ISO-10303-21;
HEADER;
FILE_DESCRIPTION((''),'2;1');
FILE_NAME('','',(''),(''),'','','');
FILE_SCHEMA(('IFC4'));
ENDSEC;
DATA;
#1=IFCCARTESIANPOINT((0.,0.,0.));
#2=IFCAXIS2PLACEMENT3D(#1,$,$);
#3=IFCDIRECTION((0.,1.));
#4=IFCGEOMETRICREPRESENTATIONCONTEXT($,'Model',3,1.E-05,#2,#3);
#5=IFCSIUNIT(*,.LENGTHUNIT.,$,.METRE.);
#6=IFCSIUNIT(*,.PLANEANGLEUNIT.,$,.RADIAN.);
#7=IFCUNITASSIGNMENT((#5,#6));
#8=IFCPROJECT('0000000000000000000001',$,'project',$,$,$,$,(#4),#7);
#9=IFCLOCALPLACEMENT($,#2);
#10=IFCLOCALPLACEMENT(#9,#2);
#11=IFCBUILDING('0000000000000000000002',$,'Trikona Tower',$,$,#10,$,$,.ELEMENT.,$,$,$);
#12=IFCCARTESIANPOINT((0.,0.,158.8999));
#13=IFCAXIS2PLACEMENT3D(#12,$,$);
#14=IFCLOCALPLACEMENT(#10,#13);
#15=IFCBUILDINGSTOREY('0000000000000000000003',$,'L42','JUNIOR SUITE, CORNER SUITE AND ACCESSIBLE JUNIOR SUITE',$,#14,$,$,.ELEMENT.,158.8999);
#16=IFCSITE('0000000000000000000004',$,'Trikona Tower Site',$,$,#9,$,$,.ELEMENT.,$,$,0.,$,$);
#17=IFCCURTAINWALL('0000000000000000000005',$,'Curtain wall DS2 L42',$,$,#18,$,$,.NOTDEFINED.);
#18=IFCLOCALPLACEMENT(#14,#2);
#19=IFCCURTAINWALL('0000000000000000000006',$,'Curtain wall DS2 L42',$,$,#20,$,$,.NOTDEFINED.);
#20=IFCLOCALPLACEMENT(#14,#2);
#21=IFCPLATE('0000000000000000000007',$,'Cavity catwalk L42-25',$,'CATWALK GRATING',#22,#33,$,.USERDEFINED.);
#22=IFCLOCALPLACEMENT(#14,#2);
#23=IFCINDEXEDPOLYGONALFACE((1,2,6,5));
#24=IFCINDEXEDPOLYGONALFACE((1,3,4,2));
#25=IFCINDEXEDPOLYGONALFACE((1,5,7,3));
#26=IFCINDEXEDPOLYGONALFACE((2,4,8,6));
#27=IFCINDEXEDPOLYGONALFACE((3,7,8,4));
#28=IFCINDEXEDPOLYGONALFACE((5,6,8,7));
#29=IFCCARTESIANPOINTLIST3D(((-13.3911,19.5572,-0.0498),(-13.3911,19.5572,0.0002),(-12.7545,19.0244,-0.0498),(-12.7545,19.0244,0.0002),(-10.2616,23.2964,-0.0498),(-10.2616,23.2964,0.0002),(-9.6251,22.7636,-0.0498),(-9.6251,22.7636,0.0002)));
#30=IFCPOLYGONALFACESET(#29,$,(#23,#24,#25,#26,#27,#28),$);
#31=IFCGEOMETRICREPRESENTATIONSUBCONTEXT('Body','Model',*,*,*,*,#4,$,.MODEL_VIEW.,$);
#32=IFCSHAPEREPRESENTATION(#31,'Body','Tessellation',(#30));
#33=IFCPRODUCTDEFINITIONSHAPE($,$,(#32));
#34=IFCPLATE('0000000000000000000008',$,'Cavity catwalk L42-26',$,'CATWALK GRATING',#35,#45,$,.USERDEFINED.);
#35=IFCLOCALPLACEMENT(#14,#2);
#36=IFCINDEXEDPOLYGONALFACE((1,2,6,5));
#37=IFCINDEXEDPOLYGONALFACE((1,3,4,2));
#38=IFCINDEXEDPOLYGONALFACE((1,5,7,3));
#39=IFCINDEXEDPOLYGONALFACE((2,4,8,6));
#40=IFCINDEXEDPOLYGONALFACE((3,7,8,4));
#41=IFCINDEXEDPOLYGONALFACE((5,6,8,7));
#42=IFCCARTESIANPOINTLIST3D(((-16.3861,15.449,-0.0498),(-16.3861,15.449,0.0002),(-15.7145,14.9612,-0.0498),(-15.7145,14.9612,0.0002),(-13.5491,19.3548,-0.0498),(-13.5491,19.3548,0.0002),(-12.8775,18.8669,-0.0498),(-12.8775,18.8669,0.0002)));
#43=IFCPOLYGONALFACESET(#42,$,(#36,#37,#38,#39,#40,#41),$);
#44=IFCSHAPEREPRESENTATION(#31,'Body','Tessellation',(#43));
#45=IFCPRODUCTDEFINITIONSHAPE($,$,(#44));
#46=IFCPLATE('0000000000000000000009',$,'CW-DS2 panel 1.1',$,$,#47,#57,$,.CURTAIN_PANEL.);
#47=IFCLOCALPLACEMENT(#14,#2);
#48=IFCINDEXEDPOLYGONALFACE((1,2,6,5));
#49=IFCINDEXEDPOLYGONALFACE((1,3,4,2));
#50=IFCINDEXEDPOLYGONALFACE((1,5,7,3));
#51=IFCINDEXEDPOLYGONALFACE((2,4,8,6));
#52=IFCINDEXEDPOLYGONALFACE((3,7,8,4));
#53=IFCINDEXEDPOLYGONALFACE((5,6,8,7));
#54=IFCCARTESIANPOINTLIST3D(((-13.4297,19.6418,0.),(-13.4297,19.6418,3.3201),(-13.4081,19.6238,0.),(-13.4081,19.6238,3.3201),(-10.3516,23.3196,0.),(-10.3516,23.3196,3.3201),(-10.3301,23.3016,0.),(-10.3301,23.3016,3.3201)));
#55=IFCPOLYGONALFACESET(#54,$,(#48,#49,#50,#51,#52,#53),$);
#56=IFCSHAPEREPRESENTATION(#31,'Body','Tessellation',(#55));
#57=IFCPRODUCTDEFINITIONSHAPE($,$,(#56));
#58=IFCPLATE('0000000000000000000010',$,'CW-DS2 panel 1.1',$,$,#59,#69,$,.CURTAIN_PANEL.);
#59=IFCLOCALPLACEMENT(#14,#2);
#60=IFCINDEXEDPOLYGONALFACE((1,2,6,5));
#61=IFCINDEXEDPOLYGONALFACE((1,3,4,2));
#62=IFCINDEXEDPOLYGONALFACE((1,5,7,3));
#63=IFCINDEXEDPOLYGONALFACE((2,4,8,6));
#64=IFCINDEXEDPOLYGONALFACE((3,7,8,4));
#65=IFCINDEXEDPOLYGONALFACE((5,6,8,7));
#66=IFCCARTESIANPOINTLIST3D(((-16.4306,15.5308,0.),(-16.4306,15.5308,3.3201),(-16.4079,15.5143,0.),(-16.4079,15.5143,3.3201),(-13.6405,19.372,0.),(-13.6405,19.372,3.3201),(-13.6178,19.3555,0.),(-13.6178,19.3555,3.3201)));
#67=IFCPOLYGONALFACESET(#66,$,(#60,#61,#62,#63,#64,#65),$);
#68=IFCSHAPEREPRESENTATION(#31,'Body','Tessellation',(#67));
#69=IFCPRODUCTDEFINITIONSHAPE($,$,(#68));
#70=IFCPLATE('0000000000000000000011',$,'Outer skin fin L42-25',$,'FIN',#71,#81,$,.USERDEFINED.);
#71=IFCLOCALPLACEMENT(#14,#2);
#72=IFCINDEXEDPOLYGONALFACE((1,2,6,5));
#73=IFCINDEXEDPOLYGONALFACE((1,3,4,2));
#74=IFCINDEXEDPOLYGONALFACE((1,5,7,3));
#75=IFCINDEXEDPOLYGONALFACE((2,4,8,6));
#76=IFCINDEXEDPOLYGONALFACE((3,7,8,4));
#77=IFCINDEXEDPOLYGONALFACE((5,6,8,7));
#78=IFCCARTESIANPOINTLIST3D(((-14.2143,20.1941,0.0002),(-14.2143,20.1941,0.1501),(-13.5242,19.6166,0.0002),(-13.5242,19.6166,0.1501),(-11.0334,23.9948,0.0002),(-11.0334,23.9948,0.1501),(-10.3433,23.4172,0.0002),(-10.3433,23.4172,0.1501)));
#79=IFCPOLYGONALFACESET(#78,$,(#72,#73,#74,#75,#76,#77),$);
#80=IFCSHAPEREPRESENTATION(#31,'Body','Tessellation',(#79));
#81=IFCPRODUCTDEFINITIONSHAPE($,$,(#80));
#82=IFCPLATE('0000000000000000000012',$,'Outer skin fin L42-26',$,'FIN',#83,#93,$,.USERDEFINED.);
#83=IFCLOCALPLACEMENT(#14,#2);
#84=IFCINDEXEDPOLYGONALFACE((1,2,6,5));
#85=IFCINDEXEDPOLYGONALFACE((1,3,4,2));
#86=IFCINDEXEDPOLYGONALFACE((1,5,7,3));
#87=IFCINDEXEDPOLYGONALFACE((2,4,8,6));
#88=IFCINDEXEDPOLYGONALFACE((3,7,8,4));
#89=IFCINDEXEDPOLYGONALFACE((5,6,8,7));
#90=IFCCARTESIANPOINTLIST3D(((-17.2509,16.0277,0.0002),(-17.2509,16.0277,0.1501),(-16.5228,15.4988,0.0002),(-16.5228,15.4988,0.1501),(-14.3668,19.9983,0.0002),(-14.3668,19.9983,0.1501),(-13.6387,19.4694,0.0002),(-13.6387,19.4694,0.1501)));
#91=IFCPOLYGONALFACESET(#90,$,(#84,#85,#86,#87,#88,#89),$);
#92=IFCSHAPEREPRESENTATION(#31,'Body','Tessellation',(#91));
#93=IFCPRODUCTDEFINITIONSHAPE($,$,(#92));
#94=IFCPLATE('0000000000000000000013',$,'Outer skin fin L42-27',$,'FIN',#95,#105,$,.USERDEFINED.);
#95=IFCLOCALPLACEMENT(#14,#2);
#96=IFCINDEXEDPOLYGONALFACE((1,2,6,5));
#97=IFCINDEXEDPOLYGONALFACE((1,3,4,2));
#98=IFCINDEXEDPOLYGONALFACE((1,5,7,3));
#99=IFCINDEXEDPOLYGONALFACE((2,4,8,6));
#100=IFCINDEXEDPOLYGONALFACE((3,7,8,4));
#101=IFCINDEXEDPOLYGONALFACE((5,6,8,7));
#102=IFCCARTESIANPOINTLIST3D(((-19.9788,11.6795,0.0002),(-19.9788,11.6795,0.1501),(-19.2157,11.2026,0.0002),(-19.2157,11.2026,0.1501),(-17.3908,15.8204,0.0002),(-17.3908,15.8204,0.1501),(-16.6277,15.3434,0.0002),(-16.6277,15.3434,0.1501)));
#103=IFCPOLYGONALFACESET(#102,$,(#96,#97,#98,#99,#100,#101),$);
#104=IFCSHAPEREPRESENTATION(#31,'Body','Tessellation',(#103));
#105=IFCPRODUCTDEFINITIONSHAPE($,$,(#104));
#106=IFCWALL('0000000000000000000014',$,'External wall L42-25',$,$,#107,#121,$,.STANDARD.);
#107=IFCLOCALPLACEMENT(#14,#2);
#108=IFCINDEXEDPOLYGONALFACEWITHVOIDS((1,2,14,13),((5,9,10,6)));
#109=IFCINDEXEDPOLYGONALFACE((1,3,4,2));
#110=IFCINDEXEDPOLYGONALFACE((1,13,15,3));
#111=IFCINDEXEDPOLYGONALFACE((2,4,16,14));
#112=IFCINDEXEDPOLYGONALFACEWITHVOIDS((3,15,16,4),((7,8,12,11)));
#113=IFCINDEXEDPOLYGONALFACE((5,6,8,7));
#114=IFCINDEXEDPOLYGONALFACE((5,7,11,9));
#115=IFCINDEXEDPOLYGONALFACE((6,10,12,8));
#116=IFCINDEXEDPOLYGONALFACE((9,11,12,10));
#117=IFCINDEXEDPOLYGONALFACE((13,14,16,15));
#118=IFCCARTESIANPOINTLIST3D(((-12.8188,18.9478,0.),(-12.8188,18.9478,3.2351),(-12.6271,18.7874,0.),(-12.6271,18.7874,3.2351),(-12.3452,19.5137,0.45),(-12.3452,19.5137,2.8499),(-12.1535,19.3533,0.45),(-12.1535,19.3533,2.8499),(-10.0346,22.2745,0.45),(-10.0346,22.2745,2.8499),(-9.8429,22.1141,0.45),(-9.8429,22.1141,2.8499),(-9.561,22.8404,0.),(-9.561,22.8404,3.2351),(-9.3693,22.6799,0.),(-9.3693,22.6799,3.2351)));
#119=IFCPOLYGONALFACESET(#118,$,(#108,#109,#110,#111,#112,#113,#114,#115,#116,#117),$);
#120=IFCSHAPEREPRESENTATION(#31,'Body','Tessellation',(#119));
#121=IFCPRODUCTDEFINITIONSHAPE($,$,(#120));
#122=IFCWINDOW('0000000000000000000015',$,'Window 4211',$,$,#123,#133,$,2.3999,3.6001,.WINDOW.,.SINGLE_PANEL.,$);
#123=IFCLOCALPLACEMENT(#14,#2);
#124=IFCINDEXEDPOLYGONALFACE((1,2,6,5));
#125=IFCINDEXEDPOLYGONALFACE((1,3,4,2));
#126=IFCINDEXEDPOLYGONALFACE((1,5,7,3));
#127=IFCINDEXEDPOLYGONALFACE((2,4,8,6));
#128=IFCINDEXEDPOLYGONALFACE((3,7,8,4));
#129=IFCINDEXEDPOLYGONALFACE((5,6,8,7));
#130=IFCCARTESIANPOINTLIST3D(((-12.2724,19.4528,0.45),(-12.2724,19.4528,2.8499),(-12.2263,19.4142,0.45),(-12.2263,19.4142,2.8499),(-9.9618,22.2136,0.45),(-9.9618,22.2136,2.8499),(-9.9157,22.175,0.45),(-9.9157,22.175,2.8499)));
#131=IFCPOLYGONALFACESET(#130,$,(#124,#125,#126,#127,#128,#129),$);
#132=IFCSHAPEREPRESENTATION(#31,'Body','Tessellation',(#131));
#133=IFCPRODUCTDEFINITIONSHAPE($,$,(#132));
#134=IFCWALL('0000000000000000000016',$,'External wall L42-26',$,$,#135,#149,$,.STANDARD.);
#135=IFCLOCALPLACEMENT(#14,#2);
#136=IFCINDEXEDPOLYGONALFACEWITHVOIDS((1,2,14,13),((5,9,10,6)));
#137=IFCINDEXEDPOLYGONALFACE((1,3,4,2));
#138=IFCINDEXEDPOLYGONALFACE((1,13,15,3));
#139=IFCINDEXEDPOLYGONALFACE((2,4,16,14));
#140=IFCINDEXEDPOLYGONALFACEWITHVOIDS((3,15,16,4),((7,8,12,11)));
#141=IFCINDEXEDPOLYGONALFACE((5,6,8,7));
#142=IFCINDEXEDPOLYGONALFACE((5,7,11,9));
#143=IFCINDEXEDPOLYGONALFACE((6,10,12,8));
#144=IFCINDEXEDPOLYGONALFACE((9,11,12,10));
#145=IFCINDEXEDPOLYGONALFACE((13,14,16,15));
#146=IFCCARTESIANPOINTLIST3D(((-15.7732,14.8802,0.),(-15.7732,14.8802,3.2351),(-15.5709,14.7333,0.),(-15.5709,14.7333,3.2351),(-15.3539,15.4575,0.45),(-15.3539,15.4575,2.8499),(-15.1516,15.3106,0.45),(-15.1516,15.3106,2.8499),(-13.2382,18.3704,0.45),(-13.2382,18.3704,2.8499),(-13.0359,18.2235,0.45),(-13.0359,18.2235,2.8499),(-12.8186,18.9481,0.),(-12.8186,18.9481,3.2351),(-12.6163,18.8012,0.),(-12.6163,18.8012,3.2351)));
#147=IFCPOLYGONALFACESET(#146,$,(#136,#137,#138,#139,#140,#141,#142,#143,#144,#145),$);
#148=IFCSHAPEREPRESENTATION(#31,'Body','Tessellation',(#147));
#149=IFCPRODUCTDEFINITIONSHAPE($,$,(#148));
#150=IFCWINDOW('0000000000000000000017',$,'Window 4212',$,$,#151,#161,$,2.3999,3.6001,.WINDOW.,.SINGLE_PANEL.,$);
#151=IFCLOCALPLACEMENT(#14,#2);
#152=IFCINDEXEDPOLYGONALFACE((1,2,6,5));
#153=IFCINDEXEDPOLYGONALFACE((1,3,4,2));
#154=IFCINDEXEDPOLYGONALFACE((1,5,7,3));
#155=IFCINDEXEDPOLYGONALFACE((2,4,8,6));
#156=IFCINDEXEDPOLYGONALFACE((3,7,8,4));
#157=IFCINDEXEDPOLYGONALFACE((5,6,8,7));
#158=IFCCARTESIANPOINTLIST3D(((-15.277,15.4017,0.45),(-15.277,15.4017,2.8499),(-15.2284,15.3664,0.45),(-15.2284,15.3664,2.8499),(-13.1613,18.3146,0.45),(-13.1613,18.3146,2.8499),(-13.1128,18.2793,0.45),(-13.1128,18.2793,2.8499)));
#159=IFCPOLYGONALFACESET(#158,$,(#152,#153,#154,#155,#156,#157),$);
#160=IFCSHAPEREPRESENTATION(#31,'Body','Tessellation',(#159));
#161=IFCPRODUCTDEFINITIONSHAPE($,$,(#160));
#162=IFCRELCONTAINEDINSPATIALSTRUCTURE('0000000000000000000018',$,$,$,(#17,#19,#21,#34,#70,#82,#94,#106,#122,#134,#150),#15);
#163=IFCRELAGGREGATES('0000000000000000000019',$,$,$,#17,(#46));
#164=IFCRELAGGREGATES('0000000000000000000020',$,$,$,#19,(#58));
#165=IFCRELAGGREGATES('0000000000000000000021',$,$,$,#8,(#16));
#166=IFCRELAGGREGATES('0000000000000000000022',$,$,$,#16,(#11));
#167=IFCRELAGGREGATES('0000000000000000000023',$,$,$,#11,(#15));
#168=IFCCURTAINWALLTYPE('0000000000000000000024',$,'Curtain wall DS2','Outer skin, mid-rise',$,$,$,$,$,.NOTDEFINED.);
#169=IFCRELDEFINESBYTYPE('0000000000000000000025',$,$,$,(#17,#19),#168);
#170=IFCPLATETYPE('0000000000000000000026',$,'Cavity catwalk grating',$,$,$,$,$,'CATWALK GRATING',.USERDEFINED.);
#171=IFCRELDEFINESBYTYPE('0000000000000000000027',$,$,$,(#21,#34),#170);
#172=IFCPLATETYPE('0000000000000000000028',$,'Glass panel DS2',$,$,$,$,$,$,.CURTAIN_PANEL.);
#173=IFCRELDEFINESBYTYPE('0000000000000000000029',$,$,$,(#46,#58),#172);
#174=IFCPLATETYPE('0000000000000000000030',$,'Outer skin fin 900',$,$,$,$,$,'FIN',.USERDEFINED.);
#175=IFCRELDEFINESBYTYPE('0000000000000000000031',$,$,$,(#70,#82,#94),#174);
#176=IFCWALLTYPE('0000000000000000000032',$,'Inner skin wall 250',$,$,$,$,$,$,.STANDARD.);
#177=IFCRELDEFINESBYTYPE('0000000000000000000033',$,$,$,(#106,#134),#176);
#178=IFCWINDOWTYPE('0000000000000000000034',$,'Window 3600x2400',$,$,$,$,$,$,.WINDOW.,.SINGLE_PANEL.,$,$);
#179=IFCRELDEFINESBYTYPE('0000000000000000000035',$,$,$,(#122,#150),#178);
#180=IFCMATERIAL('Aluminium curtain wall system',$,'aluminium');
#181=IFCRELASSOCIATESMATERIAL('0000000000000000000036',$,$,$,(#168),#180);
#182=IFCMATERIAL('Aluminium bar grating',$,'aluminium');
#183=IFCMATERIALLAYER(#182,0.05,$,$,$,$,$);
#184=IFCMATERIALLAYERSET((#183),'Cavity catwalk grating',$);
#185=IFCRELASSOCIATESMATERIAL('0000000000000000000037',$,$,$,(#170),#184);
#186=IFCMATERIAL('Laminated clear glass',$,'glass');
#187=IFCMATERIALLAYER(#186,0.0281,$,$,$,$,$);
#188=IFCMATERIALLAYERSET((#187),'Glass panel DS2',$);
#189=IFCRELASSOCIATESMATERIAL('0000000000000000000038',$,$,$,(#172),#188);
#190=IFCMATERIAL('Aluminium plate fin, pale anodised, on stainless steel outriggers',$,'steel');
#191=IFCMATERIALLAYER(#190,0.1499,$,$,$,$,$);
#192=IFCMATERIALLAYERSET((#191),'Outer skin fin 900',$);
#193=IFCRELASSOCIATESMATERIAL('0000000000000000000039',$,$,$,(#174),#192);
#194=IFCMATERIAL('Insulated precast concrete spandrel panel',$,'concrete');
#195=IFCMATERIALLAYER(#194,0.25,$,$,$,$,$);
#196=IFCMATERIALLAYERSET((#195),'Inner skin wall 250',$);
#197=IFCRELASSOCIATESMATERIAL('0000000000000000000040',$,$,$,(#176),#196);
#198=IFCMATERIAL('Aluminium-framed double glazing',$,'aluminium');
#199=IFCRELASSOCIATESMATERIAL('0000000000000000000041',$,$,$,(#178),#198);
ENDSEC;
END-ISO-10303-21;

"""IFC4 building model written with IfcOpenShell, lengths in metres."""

from ifc_helpers import new_model, si_unit, direction, frame, frame_2d, origin, origin_2d, place, context, subcontext, project, spatial, rectangle, extrude, material, layer, layer_set, type_object, element, fill, aggregate, save


model = new_model("IFC4")

# Units and contexts
model_context = context("Model", 3, precision=1e-05, world=origin(), true_north=direction((0.0, 1.0)))
body_context = subcontext(model_context, "Body", "Model", "MODEL_VIEW")
ifc_project = project(units=[si_unit("LENGTHUNIT", "METRE"), si_unit("PLANEANGLEUNIT", "RADIAN")], contexts=[model_context])

# Site, building, storey
site_placement = place(None, origin())
site = spatial("IfcSite", under=ifc_project, at=site_placement, Name="Trikona Tower Site", CompositionType="ELEMENT", RefElevation=0.0)
building_placement = place(site_placement, origin())
building = spatial("IfcBuilding", under=site, at=building_placement, Name="Trikona Tower", CompositionType="ELEMENT")
storey_placement = place(building_placement, frame((0.0, 0.0, 158.8999)))
storey = spatial("IfcBuildingStorey", under=building, at=storey_placement, Name="L42", Description="JUNIOR SUITE, CORNER SUITE AND ACCESSIBLE JUNIOR SUITE", CompositionType="ELEMENT", Elevation=158.8999)

# Shared definitions
ifc_material_1 = material(Name="Aluminium curtain wall system", Category="aluminium")
curtain_wall_type = type_object("IfcCurtainWallType", Name="Curtain wall DS2", Description="Outer skin, mid-rise", PredefinedType="NOTDEFINED", material=ifc_material_1)

# Curtain walls
curtain_wall_1_placement = place(storey_placement, origin())
curtain_wall_1 = element("IfcCurtainWall", 1, at=curtain_wall_1_placement, inside=storey, type_object=curtain_wall_type, Name="Curtain wall DS2 L42", PredefinedType="NOTDEFINED")
curtain_wall_2_placement = place(storey_placement, origin())
curtain_wall_2 = element("IfcCurtainWall", 2, at=curtain_wall_2_placement, inside=storey, type_object=curtain_wall_type, Name="Curtain wall DS2 L42", PredefinedType="NOTDEFINED")

# Plates
ifc_material_2 = material(Name="Aluminium bar grating", Category="aluminium")
ifc_layer_1 = layer(ifc_material_2, 0.05)
ifc_layer_set_1 = layer_set([ifc_layer_1], Name="Cavity catwalk grating")
plate_type_1 = type_object("IfcPlateType", Name="Cavity catwalk grating", ElementType="CATWALK GRATING", PredefinedType="USERDEFINED", material=ifc_layer_set_1)
plate_1_placement = place(storey_placement, frame((-11.5081, 21.1604, -0.0498), z_axis=(0.0, 0.0, 1.0), x_axis=(-0.641807, -0.766866, 0.0)))
element("IfcPlate", 3, at=plate_1_placement, inside=storey, type_object=plate_type_1, Name="Cavity catwalk L42-25", ObjectType="CATWALK GRATING", PredefinedType="USERDEFINED", context=body_context, shape_type="SweptSolid", body=[
    extrude(rectangle(XDim=4.876, YDim=0.8301, at=origin_2d()), origin(), (0.0, 0.0, 1.0), 0.05),
])
plate_2_placement = place(storey_placement, frame((-14.6318, 17.158, -0.0498), z_axis=(0.0, 0.0, 1.0), x_axis=(-0.587686, -0.809089, 0.0)))
element("IfcPlate", 4, at=plate_2_placement, inside=storey, type_object=plate_type_1, Name="Cavity catwalk L42-26", ObjectType="CATWALK GRATING", PredefinedType="USERDEFINED", context=body_context, shape_type="SweptSolid", body=[
    extrude(rectangle(XDim=4.8274, YDim=0.8301, at=origin_2d()), origin(), (0.0, 0.0, 1.0), 0.05),
])

# Plates
ifc_material_3 = material(Name="Laminated clear glass", Category="glass")
ifc_layer_2 = layer(ifc_material_3, 0.0281)
ifc_layer_set_2 = layer_set([ifc_layer_2], Name="Glass panel DS2")
plate_type_2 = type_object("IfcPlateType", Name="Glass panel DS2", PredefinedType="CURTAIN_PANEL", material=ifc_layer_set_2)
plate_3_placement = place(storey_placement, frame((-11.8799, 21.4717, 0.0), z_axis=(0.0, 0.0, 1.0), x_axis=(-0.641806, -0.766867, 0.0)))
plate_3 = element("IfcPlate", 5, at=plate_3_placement, type_object=plate_type_2, Name="CW-DS2 panel 1.1", PredefinedType="CURTAIN_PANEL", context=body_context, shape_type="SweptSolid", body=[
    extrude(rectangle(XDim=4.7959, YDim=0.0281, at=origin_2d()), origin(), (0.0, 0.0, 1.0), 3.3201),
])
aggregate(curtain_wall_1, [plate_3])
plate_4_placement = place(storey_placement, frame((-15.0242, 17.4431, 0.0), z_axis=(0.0, 0.0, 1.0), x_axis=(-0.587691, -0.809086, 0.0)))
plate_4 = element("IfcPlate", 6, at=plate_4_placement, type_object=plate_type_2, Name="CW-DS2 panel 1.1", PredefinedType="CURTAIN_PANEL", context=body_context, shape_type="SweptSolid", body=[
    extrude(rectangle(XDim=4.7476, YDim=0.0281, at=origin_2d()), origin(), (0.0, 0.0, 1.0), 3.3201),
])
aggregate(curtain_wall_2, [plate_4])

# Plates
ifc_material_4 = material(Name="Aluminium plate fin, pale anodised, on stainless steel outriggers", Category="steel")
ifc_layer_3 = layer(ifc_material_4, 0.1499)
ifc_layer_set_3 = layer_set([ifc_layer_3], Name="Outer skin fin 900")
plate_type_3 = type_object("IfcPlateType", Name="Outer skin fin 900", ElementType="FIN", PredefinedType="USERDEFINED", material=ifc_layer_set_3)
plate_5_placement = place(storey_placement, frame((-12.2788, 21.8057, 0.0002), z_axis=(0.0, 0.0, 1.0), x_axis=(-0.641807, -0.766866, 0.0)))
element("IfcPlate", 7, at=plate_5_placement, inside=storey, type_object=plate_type_3, Name="Outer skin fin L42-25", ObjectType="FIN", PredefinedType="USERDEFINED", context=body_context, shape_type="SweptSolid", body=[
    extrude(rectangle(XDim=4.9561, YDim=0.8999, at=origin_2d()), origin(), (0.0, 0.0, 1.0), 0.1499),
])
plate_6_placement = place(storey_placement, frame((-15.4448, 17.7485, 0.0002), z_axis=(0.0, 0.0, 1.0), x_axis=(-0.587686, -0.809089, 0.0)))
element("IfcPlate", 8, at=plate_6_placement, inside=storey, type_object=plate_type_3, Name="Outer skin fin L42-26", ObjectType="FIN", PredefinedType="USERDEFINED", context=body_context, shape_type="SweptSolid", body=[
    extrude(rectangle(XDim=4.9075, YDim=0.8999, at=origin_2d()), origin(), (0.0, 0.0, 1.0), 0.1499),
])
plate_7_placement = place(storey_placement, frame((-18.3032, 13.5115, 0.0002), z_axis=(0.0, 0.0, 1.0), x_axis=(-0.529995, -0.848001, 0.0)))
element("IfcPlate", 9, at=plate_7_placement, inside=storey, type_object=plate_type_3, Name="Outer skin fin L42-27", ObjectType="FIN", PredefinedType="USERDEFINED", context=body_context, shape_type="SweptSolid", body=[
    extrude(rectangle(XDim=4.8831, YDim=0.8999, at=origin_2d()), origin(), (0.0, 0.0, 1.0), 0.1499),
])

# Walls, openings, windows
ifc_material_5 = material(Name="Insulated precast concrete spandrel panel", Category="concrete")
ifc_layer_4 = layer(ifc_material_5, 0.25)
ifc_layer_set_4 = layer_set([ifc_layer_4], Name="Inner skin wall 250")
wall_type = type_object("IfcWallType", Name="Inner skin wall 250", PredefinedType="STANDARD", material=ifc_layer_set_4)
wall_1_placement = place(storey_placement, frame((-9.4651, 22.7603, 0.0), z_axis=(0.0, 0.0, 1.0), x_axis=(-0.64181, -0.766863, 0.0)))
wall_1 = element("IfcWall", 10, at=wall_1_placement, inside=storey, type_object=wall_type, Name="External wall L42-25", PredefinedType="STANDARD", context=body_context, shape_type="SweptSolid", body=[
    extrude(rectangle(XDim=5.0759, YDim=0.25, at=frame_2d((2.5381, 0.0))), origin(), (0.0, 0.0, 1.0), 3.2351),
])
opening_1_placement = place(wall_1_placement, frame((0.738, 0.0, 0.45)))
opening_1 = element("IfcOpeningElement", 11, at=opening_1_placement, cuts=wall_1, PredefinedType="OPENING", context=body_context, shape_type="SweptSolid", body=[
    extrude(rectangle(XDim=3.6001, YDim=2.3999, at=frame_2d((1.8, 1.2))), frame((0.0, 0.135, 0.0), z_axis=(0.0, -1.0, 0.0), x_axis=(1.0, 0.0, 0.0)), (0.0, 0.0, 1.0), 0.27),
])
ifc_material_6 = material(Name="Aluminium-framed double glazing", Category="aluminium")
window_type = type_object("IfcWindowType", Name="Window 3600x2400", PartitioningType="SINGLE_PANEL", PredefinedType="WINDOW", material=ifc_material_6)
window_1_placement = place(opening_1_placement, origin())
window_1 = element("IfcWindow", 12, at=window_1_placement, inside=storey, type_object=window_type, Name="Window 4211", OverallHeight=2.3999, OverallWidth=3.6001, PartitioningType="SINGLE_PANEL", PredefinedType="WINDOW", context=body_context, shape_type="SweptSolid", body=[
    extrude(rectangle(XDim=3.6001, YDim=2.3999, at=frame_2d((1.8, 1.2))), frame((0.0, 0.03, 0.0), z_axis=(0.0, -1.0, 0.0), x_axis=(1.0, 0.0, 0.0)), (0.0, 0.0, 1.0), 0.0601),
])
fill(opening_1, window_1)
wall_2_placement = place(storey_placement, frame((-12.7175, 18.8745, 0.0), z_axis=(0.0, 0.0, 1.0), x_axis=(-0.587669, -0.809101, 0.0)))
wall_2 = element("IfcWall", 13, at=wall_2_placement, inside=storey, type_object=wall_type, Name="External wall L42-26", PredefinedType="STANDARD", context=body_context, shape_type="SweptSolid", body=[
    extrude(rectangle(XDim=5.0276, YDim=0.25, at=frame_2d((2.5137, 0.0))), origin(), (0.0, 0.0, 1.0), 3.2351),
])
opening_2_placement = place(wall_2_placement, frame((0.7139, 0.0, 0.45)))
opening_2 = element("IfcOpeningElement", 14, at=opening_2_placement, cuts=wall_2, PredefinedType="OPENING", context=body_context, shape_type="SweptSolid", body=[
    extrude(rectangle(XDim=3.6001, YDim=2.3999, at=frame_2d((1.8, 1.2))), frame((0.0, 0.135, 0.0), z_axis=(0.0, -1.0, 0.0), x_axis=(1.0, 0.0, 0.0)), (0.0, 0.0, 1.0), 0.27),
])
window_2_placement = place(opening_2_placement, origin())
window_2 = element("IfcWindow", 15, at=window_2_placement, inside=storey, type_object=window_type, Name="Window 4212", OverallHeight=2.3999, OverallWidth=3.6001, PartitioningType="SINGLE_PANEL", PredefinedType="WINDOW", context=body_context, shape_type="SweptSolid", body=[
    extrude(rectangle(XDim=3.6001, YDim=2.3999, at=frame_2d((1.8, 1.2))), frame((0.0, 0.03, 0.0), z_axis=(0.0, -1.0, 0.0), x_axis=(1.0, 0.0, 0.0)), (0.0, 0.0, 1.0), 0.0601),
])
fill(opening_2, window_2)

save(model, "model.ifc")
